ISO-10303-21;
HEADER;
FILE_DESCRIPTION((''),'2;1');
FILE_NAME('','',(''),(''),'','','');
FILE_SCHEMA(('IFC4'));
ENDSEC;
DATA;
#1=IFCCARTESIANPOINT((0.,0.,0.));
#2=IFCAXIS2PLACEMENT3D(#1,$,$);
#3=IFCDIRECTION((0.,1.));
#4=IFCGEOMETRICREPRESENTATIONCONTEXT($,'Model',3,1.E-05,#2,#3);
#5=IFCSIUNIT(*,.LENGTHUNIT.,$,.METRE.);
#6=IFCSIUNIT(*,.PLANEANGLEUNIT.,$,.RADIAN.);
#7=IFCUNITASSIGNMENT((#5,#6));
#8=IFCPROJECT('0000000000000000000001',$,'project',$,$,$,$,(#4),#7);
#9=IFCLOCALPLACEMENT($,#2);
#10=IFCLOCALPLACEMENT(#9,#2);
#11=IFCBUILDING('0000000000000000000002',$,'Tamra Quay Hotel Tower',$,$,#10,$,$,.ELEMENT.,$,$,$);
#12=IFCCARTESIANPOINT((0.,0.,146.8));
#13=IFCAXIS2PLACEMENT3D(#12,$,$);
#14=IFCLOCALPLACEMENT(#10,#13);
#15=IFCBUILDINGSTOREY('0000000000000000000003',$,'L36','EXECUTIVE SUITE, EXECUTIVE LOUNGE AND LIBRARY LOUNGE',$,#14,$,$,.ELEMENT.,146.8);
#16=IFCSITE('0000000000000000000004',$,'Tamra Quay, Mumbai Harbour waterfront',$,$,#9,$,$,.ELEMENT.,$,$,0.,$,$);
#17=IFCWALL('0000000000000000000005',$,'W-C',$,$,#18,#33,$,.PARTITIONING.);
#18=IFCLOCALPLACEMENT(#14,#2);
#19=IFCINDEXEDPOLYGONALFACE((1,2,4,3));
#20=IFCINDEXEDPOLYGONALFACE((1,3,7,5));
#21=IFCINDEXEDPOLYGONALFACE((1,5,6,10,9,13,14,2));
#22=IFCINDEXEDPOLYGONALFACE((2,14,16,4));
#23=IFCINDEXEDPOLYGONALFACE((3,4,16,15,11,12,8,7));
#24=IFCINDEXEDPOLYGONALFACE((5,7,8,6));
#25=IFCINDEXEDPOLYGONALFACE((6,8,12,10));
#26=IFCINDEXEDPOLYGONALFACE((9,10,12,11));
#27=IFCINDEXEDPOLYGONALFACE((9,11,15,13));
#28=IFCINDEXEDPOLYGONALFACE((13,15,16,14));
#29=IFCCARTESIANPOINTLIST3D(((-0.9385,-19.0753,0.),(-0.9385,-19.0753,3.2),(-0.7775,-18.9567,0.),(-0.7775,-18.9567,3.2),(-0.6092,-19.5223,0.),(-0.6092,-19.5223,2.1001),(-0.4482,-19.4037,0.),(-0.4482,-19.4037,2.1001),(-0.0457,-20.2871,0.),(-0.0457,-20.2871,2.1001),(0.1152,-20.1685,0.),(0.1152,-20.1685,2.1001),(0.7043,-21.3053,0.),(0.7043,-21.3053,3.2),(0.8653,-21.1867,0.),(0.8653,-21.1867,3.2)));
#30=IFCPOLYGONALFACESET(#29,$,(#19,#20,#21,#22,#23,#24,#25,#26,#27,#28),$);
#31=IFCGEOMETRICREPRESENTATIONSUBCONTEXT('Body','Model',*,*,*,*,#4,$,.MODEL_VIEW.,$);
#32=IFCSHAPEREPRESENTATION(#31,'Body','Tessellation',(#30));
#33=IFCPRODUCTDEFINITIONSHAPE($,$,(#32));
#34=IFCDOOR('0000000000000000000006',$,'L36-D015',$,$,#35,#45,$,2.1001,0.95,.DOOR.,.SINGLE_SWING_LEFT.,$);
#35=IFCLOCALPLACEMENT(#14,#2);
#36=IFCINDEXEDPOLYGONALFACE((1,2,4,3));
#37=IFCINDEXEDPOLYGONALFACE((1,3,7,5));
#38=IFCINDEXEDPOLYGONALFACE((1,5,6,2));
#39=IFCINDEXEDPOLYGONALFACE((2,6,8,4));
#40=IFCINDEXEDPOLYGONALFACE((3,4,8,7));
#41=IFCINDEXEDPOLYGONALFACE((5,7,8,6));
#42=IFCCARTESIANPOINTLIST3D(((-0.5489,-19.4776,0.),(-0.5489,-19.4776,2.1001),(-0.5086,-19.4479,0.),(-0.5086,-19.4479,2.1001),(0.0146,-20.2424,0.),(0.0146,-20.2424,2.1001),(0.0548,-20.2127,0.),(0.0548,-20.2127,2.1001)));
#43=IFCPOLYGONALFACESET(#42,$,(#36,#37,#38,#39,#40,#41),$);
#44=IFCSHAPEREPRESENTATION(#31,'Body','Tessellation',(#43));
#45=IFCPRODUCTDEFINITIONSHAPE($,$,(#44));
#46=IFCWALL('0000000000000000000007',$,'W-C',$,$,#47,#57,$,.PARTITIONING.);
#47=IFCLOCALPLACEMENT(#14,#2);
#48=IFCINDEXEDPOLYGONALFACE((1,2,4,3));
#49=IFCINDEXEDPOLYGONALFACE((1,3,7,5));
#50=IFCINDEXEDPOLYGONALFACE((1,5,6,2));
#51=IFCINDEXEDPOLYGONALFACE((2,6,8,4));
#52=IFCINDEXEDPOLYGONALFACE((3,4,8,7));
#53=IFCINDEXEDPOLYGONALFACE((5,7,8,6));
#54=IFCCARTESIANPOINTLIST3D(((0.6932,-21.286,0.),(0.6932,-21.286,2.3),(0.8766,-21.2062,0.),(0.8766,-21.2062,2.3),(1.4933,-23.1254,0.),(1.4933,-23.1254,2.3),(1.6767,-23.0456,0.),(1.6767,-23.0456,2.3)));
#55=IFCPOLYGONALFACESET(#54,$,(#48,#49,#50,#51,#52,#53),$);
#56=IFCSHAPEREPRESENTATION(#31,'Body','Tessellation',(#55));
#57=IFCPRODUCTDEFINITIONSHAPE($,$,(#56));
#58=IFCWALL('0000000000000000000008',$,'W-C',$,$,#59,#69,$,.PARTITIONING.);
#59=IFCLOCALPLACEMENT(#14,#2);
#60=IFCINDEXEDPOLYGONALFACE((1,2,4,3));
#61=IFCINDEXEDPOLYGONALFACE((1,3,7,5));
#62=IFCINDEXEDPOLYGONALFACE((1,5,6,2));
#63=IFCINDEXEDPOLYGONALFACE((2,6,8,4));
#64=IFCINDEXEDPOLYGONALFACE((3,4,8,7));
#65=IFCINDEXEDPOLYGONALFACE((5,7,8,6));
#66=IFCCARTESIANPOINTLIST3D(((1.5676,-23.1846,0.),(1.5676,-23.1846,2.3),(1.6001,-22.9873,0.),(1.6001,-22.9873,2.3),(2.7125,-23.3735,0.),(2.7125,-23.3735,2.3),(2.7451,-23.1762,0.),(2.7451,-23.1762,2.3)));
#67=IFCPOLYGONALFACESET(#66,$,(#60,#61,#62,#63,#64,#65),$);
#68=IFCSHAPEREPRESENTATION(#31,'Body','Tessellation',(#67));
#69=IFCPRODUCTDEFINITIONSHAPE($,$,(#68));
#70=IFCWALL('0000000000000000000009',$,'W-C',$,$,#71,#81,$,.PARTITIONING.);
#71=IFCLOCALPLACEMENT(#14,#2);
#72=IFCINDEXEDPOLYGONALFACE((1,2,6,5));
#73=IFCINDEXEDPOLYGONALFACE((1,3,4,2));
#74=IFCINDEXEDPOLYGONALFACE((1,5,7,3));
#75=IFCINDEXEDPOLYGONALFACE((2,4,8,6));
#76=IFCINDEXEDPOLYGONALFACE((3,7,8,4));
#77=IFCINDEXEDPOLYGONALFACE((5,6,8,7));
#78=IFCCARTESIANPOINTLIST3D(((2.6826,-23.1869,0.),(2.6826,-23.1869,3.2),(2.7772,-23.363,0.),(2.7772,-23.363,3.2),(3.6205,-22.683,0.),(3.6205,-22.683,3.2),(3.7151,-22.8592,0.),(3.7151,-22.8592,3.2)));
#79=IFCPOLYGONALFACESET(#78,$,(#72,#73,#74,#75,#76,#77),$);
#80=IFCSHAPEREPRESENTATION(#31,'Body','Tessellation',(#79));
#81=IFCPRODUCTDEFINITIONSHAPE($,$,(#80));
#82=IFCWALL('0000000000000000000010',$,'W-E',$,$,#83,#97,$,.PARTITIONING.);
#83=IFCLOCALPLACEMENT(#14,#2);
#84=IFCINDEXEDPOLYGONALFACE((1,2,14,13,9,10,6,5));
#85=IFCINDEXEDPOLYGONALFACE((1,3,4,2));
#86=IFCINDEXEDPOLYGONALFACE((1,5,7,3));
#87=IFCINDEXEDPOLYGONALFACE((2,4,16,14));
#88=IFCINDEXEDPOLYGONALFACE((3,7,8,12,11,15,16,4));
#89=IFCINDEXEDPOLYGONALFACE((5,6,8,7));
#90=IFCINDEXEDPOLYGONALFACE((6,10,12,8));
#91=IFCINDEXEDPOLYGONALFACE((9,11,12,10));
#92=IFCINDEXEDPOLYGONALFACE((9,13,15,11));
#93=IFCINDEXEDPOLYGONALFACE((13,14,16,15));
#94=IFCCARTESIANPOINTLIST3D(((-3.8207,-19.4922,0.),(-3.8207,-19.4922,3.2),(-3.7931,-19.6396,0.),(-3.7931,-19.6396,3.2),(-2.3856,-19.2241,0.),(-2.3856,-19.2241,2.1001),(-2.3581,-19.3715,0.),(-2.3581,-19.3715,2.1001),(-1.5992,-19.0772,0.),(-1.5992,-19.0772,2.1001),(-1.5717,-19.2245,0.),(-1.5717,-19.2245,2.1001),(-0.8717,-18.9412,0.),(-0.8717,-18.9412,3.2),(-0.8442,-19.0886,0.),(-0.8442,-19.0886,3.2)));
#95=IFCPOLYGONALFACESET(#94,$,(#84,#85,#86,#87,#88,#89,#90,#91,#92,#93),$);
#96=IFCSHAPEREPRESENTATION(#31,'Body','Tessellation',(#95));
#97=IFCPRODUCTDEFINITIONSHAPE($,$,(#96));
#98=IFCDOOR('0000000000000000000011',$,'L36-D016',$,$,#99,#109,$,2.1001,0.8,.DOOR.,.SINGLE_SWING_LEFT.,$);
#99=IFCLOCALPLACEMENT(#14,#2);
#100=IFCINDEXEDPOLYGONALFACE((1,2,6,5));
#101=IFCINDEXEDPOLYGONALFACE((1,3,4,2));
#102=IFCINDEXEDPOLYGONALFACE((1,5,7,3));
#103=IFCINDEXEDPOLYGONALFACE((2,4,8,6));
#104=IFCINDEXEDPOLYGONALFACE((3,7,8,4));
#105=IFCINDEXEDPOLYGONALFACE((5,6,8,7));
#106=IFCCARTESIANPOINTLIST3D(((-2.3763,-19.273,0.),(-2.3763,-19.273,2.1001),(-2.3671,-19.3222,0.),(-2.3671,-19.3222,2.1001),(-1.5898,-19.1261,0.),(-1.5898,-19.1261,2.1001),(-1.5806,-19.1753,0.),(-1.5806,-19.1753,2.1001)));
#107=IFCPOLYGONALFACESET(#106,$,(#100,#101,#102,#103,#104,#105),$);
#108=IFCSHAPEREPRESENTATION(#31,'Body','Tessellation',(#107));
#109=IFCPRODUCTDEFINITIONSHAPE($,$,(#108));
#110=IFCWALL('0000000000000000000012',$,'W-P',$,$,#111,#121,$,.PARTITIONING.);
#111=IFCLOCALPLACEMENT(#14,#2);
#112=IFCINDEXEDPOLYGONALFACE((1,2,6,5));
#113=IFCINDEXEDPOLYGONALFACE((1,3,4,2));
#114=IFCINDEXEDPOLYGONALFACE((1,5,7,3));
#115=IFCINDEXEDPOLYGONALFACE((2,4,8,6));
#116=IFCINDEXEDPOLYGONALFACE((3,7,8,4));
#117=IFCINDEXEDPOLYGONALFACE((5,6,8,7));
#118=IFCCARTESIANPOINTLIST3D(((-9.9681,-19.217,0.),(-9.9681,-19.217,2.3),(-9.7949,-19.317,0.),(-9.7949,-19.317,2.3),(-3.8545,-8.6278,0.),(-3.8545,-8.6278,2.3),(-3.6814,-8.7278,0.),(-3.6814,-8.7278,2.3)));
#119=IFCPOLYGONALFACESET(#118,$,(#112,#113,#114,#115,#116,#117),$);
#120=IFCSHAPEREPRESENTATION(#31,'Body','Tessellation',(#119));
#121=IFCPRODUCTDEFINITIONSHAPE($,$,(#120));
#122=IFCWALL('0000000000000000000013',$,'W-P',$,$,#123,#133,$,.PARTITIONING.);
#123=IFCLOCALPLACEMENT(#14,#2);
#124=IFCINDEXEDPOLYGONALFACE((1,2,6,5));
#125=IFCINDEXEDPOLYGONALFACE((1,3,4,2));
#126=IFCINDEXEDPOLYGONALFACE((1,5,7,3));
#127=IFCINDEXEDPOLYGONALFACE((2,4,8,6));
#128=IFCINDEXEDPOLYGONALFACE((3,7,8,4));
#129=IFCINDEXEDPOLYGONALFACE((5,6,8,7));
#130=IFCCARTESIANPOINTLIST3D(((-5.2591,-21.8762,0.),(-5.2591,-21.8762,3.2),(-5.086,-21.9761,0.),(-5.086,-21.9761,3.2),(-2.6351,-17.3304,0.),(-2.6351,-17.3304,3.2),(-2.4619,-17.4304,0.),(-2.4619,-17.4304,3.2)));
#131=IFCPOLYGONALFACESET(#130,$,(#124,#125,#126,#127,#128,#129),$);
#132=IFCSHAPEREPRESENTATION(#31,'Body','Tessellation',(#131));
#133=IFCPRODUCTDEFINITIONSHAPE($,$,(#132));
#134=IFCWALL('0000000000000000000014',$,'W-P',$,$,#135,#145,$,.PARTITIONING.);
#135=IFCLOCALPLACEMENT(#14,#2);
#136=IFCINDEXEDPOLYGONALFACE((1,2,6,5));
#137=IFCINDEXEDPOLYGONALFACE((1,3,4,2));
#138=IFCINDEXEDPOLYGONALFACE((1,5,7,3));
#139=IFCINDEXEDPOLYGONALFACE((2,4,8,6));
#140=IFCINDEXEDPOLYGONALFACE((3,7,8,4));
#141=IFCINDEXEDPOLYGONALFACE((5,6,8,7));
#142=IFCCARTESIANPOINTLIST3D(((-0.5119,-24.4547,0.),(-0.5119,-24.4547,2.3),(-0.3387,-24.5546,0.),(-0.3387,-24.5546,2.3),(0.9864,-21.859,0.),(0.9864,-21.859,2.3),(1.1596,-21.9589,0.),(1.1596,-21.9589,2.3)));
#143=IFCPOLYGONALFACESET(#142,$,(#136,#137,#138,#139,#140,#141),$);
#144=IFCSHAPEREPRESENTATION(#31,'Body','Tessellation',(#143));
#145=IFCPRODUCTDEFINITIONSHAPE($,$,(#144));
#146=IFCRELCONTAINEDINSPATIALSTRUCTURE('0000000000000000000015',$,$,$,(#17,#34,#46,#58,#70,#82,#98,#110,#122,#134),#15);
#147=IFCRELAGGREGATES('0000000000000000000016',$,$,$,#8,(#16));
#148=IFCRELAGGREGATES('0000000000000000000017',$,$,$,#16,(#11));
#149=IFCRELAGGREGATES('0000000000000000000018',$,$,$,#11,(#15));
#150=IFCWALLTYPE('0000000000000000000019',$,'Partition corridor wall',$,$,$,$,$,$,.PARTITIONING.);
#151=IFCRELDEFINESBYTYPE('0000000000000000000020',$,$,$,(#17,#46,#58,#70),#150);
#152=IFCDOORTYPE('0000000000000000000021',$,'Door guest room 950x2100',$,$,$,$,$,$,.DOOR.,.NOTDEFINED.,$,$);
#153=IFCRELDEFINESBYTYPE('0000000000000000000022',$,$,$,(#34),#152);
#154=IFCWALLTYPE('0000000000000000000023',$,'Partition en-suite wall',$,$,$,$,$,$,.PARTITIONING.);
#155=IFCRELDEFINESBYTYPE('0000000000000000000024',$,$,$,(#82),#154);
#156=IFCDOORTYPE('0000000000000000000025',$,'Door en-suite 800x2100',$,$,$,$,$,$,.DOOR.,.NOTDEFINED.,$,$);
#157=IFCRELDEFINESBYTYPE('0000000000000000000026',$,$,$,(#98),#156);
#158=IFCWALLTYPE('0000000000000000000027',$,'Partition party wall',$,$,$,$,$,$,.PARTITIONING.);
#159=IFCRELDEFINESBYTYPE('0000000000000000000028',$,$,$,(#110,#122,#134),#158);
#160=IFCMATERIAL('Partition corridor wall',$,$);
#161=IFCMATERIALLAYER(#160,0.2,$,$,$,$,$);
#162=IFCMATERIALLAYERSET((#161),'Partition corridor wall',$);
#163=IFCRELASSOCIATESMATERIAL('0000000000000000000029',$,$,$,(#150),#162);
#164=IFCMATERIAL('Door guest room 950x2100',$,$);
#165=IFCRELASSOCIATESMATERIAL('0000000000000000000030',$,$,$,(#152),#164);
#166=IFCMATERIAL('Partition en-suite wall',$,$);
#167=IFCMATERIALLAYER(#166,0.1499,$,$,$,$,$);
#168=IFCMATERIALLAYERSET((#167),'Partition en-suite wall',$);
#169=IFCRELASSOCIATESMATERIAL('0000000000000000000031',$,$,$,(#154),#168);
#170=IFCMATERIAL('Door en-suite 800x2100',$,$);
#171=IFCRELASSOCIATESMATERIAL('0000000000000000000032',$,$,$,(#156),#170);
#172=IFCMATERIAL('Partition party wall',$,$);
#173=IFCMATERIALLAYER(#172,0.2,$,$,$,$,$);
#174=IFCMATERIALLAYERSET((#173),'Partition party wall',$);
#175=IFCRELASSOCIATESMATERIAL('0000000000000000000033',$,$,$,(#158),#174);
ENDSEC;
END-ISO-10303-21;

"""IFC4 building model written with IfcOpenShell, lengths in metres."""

from ifc_helpers import new_model, si_unit, direction, frame, frame_2d, origin, place, context, subcontext, project, spatial, rectangle, extrude, material, layer, layer_set, type_object, element, fill, save


model = new_model("IFC4")

# Units and contexts
model_context = context("Model", 3, precision=1e-05, world=origin(), true_north=direction((0.0, 1.0)))
body_context = subcontext(model_context, "Body", "Model", "MODEL_VIEW")
ifc_project = project(units=[si_unit("LENGTHUNIT", "METRE"), si_unit("PLANEANGLEUNIT", "RADIAN")], contexts=[model_context])

# Site, building, storey
site_placement = place(None, origin())
site = spatial("IfcSite", under=ifc_project, at=site_placement, Name="Tamra Quay, Mumbai Harbour waterfront", CompositionType="ELEMENT", RefElevation=0.0)
building_placement = place(site_placement, origin())
building = spatial("IfcBuilding", under=site, at=building_placement, Name="Tamra Quay Hotel Tower", CompositionType="ELEMENT")
storey_placement = place(building_placement, frame((0.0, 0.0, 146.8)))
storey = spatial("IfcBuildingStorey", under=building, at=storey_placement, Name="L36", Description="EXECUTIVE SUITE, EXECUTIVE LOUNGE AND LIBRARY LOUNGE", CompositionType="ELEMENT", Elevation=146.8)

# Wall, opening, door
ifc_material_1 = material(Name="Partition corridor wall")
ifc_layer_1 = layer(ifc_material_1, 0.2)
ifc_layer_set_1 = layer_set([ifc_layer_1], Name="Partition corridor wall")
wall_type_1 = type_object("IfcWallType", Name="Partition corridor wall", PredefinedType="PARTITIONING", material=ifc_layer_set_1)
wall_1_placement = place(storey_placement, frame((-0.8579, -19.0161, 0.0), z_axis=(0.0, 0.0, 1.0), x_axis=(0.593124, -0.805111, 0.0)))
wall_1 = element("IfcWall", 1, at=wall_1_placement, inside=storey, type_object=wall_type_1, Name="W-C", PredefinedType="PARTITIONING", context=body_context, shape_type="SweptSolid", body=[
    extrude(rectangle(XDim=2.7698, YDim=0.2, at=frame_2d((1.3848, 0.0))), origin(), (0.0, 0.0, 1.0), 3.2),
])
opening_1_placement = place(wall_1_placement, frame((0.5549, 0.0, 0.0)))
opening_1 = element("IfcOpeningElement", 2, at=opening_1_placement, cuts=wall_1, PredefinedType="OPENING", context=body_context, shape_type="SweptSolid", body=[
    extrude(rectangle(XDim=0.95, YDim=2.1001, at=frame_2d((0.4751, 1.05))), frame((0.0, 0.1099, 0.0), z_axis=(0.0, -1.0, 0.0), x_axis=(1.0, 0.0, 0.0)), (0.0, 0.0, 1.0), 0.22),
])
ifc_material_2 = material(Name="Door guest room 950x2100")
door_type_1 = type_object("IfcDoorType", Name="Door guest room 950x2100", OperationType="NOTDEFINED", PredefinedType="DOOR", material=ifc_material_2)
door_1_placement = place(opening_1_placement, frame((0.95, 0.0, 0.0), z_axis=(0.0, 0.0, 1.0), x_axis=(-1.0, 0.0, 0.0)))
door_1 = element("IfcDoor", 3, at=door_1_placement, inside=storey, type_object=door_type_1, Name="L36-D015", OperationType="SINGLE_SWING_LEFT", OverallHeight=2.1001, OverallWidth=0.95, PredefinedType="DOOR", context=body_context, shape_type="SweptSolid", body=[
    extrude(rectangle(XDim=0.95, YDim=2.1001, at=frame_2d((0.4751, 1.05))), frame((0.0, 0.0249, 0.0), z_axis=(0.0, -1.0, 0.0), x_axis=(1.0, 0.0, 0.0)), (0.0, 0.0, 1.0), 0.05),
])
fill(opening_1, door_1)

# Walls
wall_2_placement = place(storey_placement, frame((0.7849, -21.2461, 0.0), z_axis=(0.0, 0.0, 1.0), x_axis=(0.398864, -0.91701, 0.0)))
element("IfcWall", 4, at=wall_2_placement, inside=storey, type_object=wall_type_1, Name="W-C", PredefinedType="PARTITIONING", context=body_context, shape_type="SweptSolid", body=[
    extrude(rectangle(XDim=2.0059, YDim=0.2, at=frame_2d((1.0029, 0.0))), origin(), (0.0, 0.0, 1.0), 2.3),
])
wall_3_placement = place(storey_placement, frame((1.584, -23.0859, 0.0), z_axis=(0.0, 0.0, 1.0), x_axis=(0.986654, -0.16283, 0.0)))
element("IfcWall", 5, at=wall_3_placement, inside=storey, type_object=wall_type_1, Name="W-C", PredefinedType="PARTITIONING", context=body_context, shape_type="SweptSolid", body=[
    extrude(rectangle(XDim=1.1604, YDim=0.2, at=frame_2d((0.5801, 0.0))), origin(), (0.0, 0.0, 1.0), 2.3),
])
wall_4_placement = place(storey_placement, frame((2.73, -23.2749, 0.0), z_axis=(0.0, 0.0, 1.0), x_axis=(0.880927, 0.473252, 0.0)))
element("IfcWall", 6, at=wall_4_placement, inside=storey, type_object=wall_type_1, Name="W-C", PredefinedType="PARTITIONING", context=body_context, shape_type="SweptSolid", body=[
    extrude(rectangle(XDim=1.0647, YDim=0.2, at=frame_2d((0.5322, 0.0))), origin(), (0.0, 0.0, 1.0), 3.2),
])

# Wall, opening, door
ifc_material_3 = material(Name="Partition en-suite wall")
ifc_layer_2 = layer(ifc_material_3, 0.1499)
ifc_layer_set_2 = layer_set([ifc_layer_2], Name="Partition en-suite wall")
wall_type_2 = type_object("IfcWallType", Name="Partition en-suite wall", PredefinedType="PARTITIONING", material=ifc_layer_set_2)
wall_5_placement = place(storey_placement, frame((-3.8069, -19.5659, 0.0), z_axis=(0.0, 0.0, 1.0), x_axis=(0.982987, 0.183674, 0.0)))
wall_5 = element("IfcWall", 7, at=wall_5_placement, inside=storey, type_object=wall_type_2, Name="W-E", PredefinedType="PARTITIONING", context=body_context, shape_type="SweptSolid", body=[
    extrude(rectangle(XDim=3.0, YDim=0.1499, at=frame_2d((1.5, 0.0))), origin(), (0.0, 0.0, 1.0), 3.2),
])
opening_2_placement = place(wall_5_placement, frame((1.46, 0.0, 0.0)))
opening_2 = element("IfcOpeningElement", 8, at=opening_2_placement, cuts=wall_5, PredefinedType="OPENING", context=body_context, shape_type="SweptSolid", body=[
    extrude(rectangle(XDim=0.8, YDim=2.1001, at=frame_2d((0.3999, 1.05))), frame((0.0, 0.085, 0.0), z_axis=(0.0, -1.0, 0.0), x_axis=(1.0, 0.0, 0.0)), (0.0, 0.0, 1.0), 0.1699),
])
ifc_material_4 = material(Name="Door en-suite 800x2100")
door_type_2 = type_object("IfcDoorType", Name="Door en-suite 800x2100", OperationType="NOTDEFINED", PredefinedType="DOOR", material=ifc_material_4)
door_2_placement = place(opening_2_placement, frame((0.8, 0.0, 0.0), z_axis=(0.0, 0.0, 1.0), x_axis=(-1.0, 0.0, 0.0)))
door_2 = element("IfcDoor", 9, at=door_2_placement, inside=storey, type_object=door_type_2, Name="L36-D016", OperationType="SINGLE_SWING_LEFT", OverallHeight=2.1001, OverallWidth=0.8, PredefinedType="DOOR", context=body_context, shape_type="SweptSolid", body=[
    extrude(rectangle(XDim=0.8, YDim=2.1001, at=frame_2d((0.3999, 1.05))), frame((0.0, 0.0249, 0.0), z_axis=(0.0, -1.0, 0.0), x_axis=(1.0, 0.0, 0.0)), (0.0, 0.0, 1.0), 0.05),
])
fill(opening_2, door_2)

# Walls
ifc_material_5 = material(Name="Partition party wall")
ifc_layer_3 = layer(ifc_material_5, 0.2)
ifc_layer_set_3 = layer_set([ifc_layer_3], Name="Partition party wall")
wall_type_3 = type_object("IfcWallType", Name="Partition party wall", PredefinedType="PARTITIONING", material=ifc_layer_set_3)
wall_6_placement = place(storey_placement, frame((-9.8816, -19.2671, 0.0), z_axis=(0.0, 0.0, 1.0), x_axis=(0.499994, 0.866029, 0.0)))
element("IfcWall", 10, at=wall_6_placement, inside=storey, type_object=wall_type_3, Name="W-P", PredefinedType="PARTITIONING", context=body_context, shape_type="SweptSolid", body=[
    extrude(rectangle(XDim=12.2273, YDim=0.2, at=frame_2d((6.1138, 0.0))), origin(), (0.0, 0.0, 1.0), 2.3),
])
wall_7_placement = place(storey_placement, frame((-5.1726, -21.9263, 0.0), z_axis=(0.0, 0.0, 1.0), x_axis=(0.499941, 0.866059, 0.0)))
element("IfcWall", 11, at=wall_7_placement, inside=storey, type_object=wall_type_3, Name="W-P", PredefinedType="PARTITIONING", context=body_context, shape_type="SweptSolid", body=[
    extrude(rectangle(XDim=5.2488, YDim=0.2, at=frame_2d((2.6245, 0.0))), origin(), (0.0, 0.0, 1.0), 3.2),
])
wall_8_placement = place(storey_placement, frame((-0.4253, -24.5046, 0.0), z_axis=(0.0, 0.0, 1.0), x_axis=(0.499915, 0.866074, 0.0)))
element("IfcWall", 12, at=wall_8_placement, inside=storey, type_object=wall_type_3, Name="W-P", PredefinedType="PARTITIONING", context=body_context, shape_type="SweptSolid", body=[
    extrude(rectangle(XDim=2.9971, YDim=0.2, at=frame_2d((1.4985, 0.0))), origin(), (0.0, 0.0, 1.0), 2.3),
])

save(model, "model.ifc")
